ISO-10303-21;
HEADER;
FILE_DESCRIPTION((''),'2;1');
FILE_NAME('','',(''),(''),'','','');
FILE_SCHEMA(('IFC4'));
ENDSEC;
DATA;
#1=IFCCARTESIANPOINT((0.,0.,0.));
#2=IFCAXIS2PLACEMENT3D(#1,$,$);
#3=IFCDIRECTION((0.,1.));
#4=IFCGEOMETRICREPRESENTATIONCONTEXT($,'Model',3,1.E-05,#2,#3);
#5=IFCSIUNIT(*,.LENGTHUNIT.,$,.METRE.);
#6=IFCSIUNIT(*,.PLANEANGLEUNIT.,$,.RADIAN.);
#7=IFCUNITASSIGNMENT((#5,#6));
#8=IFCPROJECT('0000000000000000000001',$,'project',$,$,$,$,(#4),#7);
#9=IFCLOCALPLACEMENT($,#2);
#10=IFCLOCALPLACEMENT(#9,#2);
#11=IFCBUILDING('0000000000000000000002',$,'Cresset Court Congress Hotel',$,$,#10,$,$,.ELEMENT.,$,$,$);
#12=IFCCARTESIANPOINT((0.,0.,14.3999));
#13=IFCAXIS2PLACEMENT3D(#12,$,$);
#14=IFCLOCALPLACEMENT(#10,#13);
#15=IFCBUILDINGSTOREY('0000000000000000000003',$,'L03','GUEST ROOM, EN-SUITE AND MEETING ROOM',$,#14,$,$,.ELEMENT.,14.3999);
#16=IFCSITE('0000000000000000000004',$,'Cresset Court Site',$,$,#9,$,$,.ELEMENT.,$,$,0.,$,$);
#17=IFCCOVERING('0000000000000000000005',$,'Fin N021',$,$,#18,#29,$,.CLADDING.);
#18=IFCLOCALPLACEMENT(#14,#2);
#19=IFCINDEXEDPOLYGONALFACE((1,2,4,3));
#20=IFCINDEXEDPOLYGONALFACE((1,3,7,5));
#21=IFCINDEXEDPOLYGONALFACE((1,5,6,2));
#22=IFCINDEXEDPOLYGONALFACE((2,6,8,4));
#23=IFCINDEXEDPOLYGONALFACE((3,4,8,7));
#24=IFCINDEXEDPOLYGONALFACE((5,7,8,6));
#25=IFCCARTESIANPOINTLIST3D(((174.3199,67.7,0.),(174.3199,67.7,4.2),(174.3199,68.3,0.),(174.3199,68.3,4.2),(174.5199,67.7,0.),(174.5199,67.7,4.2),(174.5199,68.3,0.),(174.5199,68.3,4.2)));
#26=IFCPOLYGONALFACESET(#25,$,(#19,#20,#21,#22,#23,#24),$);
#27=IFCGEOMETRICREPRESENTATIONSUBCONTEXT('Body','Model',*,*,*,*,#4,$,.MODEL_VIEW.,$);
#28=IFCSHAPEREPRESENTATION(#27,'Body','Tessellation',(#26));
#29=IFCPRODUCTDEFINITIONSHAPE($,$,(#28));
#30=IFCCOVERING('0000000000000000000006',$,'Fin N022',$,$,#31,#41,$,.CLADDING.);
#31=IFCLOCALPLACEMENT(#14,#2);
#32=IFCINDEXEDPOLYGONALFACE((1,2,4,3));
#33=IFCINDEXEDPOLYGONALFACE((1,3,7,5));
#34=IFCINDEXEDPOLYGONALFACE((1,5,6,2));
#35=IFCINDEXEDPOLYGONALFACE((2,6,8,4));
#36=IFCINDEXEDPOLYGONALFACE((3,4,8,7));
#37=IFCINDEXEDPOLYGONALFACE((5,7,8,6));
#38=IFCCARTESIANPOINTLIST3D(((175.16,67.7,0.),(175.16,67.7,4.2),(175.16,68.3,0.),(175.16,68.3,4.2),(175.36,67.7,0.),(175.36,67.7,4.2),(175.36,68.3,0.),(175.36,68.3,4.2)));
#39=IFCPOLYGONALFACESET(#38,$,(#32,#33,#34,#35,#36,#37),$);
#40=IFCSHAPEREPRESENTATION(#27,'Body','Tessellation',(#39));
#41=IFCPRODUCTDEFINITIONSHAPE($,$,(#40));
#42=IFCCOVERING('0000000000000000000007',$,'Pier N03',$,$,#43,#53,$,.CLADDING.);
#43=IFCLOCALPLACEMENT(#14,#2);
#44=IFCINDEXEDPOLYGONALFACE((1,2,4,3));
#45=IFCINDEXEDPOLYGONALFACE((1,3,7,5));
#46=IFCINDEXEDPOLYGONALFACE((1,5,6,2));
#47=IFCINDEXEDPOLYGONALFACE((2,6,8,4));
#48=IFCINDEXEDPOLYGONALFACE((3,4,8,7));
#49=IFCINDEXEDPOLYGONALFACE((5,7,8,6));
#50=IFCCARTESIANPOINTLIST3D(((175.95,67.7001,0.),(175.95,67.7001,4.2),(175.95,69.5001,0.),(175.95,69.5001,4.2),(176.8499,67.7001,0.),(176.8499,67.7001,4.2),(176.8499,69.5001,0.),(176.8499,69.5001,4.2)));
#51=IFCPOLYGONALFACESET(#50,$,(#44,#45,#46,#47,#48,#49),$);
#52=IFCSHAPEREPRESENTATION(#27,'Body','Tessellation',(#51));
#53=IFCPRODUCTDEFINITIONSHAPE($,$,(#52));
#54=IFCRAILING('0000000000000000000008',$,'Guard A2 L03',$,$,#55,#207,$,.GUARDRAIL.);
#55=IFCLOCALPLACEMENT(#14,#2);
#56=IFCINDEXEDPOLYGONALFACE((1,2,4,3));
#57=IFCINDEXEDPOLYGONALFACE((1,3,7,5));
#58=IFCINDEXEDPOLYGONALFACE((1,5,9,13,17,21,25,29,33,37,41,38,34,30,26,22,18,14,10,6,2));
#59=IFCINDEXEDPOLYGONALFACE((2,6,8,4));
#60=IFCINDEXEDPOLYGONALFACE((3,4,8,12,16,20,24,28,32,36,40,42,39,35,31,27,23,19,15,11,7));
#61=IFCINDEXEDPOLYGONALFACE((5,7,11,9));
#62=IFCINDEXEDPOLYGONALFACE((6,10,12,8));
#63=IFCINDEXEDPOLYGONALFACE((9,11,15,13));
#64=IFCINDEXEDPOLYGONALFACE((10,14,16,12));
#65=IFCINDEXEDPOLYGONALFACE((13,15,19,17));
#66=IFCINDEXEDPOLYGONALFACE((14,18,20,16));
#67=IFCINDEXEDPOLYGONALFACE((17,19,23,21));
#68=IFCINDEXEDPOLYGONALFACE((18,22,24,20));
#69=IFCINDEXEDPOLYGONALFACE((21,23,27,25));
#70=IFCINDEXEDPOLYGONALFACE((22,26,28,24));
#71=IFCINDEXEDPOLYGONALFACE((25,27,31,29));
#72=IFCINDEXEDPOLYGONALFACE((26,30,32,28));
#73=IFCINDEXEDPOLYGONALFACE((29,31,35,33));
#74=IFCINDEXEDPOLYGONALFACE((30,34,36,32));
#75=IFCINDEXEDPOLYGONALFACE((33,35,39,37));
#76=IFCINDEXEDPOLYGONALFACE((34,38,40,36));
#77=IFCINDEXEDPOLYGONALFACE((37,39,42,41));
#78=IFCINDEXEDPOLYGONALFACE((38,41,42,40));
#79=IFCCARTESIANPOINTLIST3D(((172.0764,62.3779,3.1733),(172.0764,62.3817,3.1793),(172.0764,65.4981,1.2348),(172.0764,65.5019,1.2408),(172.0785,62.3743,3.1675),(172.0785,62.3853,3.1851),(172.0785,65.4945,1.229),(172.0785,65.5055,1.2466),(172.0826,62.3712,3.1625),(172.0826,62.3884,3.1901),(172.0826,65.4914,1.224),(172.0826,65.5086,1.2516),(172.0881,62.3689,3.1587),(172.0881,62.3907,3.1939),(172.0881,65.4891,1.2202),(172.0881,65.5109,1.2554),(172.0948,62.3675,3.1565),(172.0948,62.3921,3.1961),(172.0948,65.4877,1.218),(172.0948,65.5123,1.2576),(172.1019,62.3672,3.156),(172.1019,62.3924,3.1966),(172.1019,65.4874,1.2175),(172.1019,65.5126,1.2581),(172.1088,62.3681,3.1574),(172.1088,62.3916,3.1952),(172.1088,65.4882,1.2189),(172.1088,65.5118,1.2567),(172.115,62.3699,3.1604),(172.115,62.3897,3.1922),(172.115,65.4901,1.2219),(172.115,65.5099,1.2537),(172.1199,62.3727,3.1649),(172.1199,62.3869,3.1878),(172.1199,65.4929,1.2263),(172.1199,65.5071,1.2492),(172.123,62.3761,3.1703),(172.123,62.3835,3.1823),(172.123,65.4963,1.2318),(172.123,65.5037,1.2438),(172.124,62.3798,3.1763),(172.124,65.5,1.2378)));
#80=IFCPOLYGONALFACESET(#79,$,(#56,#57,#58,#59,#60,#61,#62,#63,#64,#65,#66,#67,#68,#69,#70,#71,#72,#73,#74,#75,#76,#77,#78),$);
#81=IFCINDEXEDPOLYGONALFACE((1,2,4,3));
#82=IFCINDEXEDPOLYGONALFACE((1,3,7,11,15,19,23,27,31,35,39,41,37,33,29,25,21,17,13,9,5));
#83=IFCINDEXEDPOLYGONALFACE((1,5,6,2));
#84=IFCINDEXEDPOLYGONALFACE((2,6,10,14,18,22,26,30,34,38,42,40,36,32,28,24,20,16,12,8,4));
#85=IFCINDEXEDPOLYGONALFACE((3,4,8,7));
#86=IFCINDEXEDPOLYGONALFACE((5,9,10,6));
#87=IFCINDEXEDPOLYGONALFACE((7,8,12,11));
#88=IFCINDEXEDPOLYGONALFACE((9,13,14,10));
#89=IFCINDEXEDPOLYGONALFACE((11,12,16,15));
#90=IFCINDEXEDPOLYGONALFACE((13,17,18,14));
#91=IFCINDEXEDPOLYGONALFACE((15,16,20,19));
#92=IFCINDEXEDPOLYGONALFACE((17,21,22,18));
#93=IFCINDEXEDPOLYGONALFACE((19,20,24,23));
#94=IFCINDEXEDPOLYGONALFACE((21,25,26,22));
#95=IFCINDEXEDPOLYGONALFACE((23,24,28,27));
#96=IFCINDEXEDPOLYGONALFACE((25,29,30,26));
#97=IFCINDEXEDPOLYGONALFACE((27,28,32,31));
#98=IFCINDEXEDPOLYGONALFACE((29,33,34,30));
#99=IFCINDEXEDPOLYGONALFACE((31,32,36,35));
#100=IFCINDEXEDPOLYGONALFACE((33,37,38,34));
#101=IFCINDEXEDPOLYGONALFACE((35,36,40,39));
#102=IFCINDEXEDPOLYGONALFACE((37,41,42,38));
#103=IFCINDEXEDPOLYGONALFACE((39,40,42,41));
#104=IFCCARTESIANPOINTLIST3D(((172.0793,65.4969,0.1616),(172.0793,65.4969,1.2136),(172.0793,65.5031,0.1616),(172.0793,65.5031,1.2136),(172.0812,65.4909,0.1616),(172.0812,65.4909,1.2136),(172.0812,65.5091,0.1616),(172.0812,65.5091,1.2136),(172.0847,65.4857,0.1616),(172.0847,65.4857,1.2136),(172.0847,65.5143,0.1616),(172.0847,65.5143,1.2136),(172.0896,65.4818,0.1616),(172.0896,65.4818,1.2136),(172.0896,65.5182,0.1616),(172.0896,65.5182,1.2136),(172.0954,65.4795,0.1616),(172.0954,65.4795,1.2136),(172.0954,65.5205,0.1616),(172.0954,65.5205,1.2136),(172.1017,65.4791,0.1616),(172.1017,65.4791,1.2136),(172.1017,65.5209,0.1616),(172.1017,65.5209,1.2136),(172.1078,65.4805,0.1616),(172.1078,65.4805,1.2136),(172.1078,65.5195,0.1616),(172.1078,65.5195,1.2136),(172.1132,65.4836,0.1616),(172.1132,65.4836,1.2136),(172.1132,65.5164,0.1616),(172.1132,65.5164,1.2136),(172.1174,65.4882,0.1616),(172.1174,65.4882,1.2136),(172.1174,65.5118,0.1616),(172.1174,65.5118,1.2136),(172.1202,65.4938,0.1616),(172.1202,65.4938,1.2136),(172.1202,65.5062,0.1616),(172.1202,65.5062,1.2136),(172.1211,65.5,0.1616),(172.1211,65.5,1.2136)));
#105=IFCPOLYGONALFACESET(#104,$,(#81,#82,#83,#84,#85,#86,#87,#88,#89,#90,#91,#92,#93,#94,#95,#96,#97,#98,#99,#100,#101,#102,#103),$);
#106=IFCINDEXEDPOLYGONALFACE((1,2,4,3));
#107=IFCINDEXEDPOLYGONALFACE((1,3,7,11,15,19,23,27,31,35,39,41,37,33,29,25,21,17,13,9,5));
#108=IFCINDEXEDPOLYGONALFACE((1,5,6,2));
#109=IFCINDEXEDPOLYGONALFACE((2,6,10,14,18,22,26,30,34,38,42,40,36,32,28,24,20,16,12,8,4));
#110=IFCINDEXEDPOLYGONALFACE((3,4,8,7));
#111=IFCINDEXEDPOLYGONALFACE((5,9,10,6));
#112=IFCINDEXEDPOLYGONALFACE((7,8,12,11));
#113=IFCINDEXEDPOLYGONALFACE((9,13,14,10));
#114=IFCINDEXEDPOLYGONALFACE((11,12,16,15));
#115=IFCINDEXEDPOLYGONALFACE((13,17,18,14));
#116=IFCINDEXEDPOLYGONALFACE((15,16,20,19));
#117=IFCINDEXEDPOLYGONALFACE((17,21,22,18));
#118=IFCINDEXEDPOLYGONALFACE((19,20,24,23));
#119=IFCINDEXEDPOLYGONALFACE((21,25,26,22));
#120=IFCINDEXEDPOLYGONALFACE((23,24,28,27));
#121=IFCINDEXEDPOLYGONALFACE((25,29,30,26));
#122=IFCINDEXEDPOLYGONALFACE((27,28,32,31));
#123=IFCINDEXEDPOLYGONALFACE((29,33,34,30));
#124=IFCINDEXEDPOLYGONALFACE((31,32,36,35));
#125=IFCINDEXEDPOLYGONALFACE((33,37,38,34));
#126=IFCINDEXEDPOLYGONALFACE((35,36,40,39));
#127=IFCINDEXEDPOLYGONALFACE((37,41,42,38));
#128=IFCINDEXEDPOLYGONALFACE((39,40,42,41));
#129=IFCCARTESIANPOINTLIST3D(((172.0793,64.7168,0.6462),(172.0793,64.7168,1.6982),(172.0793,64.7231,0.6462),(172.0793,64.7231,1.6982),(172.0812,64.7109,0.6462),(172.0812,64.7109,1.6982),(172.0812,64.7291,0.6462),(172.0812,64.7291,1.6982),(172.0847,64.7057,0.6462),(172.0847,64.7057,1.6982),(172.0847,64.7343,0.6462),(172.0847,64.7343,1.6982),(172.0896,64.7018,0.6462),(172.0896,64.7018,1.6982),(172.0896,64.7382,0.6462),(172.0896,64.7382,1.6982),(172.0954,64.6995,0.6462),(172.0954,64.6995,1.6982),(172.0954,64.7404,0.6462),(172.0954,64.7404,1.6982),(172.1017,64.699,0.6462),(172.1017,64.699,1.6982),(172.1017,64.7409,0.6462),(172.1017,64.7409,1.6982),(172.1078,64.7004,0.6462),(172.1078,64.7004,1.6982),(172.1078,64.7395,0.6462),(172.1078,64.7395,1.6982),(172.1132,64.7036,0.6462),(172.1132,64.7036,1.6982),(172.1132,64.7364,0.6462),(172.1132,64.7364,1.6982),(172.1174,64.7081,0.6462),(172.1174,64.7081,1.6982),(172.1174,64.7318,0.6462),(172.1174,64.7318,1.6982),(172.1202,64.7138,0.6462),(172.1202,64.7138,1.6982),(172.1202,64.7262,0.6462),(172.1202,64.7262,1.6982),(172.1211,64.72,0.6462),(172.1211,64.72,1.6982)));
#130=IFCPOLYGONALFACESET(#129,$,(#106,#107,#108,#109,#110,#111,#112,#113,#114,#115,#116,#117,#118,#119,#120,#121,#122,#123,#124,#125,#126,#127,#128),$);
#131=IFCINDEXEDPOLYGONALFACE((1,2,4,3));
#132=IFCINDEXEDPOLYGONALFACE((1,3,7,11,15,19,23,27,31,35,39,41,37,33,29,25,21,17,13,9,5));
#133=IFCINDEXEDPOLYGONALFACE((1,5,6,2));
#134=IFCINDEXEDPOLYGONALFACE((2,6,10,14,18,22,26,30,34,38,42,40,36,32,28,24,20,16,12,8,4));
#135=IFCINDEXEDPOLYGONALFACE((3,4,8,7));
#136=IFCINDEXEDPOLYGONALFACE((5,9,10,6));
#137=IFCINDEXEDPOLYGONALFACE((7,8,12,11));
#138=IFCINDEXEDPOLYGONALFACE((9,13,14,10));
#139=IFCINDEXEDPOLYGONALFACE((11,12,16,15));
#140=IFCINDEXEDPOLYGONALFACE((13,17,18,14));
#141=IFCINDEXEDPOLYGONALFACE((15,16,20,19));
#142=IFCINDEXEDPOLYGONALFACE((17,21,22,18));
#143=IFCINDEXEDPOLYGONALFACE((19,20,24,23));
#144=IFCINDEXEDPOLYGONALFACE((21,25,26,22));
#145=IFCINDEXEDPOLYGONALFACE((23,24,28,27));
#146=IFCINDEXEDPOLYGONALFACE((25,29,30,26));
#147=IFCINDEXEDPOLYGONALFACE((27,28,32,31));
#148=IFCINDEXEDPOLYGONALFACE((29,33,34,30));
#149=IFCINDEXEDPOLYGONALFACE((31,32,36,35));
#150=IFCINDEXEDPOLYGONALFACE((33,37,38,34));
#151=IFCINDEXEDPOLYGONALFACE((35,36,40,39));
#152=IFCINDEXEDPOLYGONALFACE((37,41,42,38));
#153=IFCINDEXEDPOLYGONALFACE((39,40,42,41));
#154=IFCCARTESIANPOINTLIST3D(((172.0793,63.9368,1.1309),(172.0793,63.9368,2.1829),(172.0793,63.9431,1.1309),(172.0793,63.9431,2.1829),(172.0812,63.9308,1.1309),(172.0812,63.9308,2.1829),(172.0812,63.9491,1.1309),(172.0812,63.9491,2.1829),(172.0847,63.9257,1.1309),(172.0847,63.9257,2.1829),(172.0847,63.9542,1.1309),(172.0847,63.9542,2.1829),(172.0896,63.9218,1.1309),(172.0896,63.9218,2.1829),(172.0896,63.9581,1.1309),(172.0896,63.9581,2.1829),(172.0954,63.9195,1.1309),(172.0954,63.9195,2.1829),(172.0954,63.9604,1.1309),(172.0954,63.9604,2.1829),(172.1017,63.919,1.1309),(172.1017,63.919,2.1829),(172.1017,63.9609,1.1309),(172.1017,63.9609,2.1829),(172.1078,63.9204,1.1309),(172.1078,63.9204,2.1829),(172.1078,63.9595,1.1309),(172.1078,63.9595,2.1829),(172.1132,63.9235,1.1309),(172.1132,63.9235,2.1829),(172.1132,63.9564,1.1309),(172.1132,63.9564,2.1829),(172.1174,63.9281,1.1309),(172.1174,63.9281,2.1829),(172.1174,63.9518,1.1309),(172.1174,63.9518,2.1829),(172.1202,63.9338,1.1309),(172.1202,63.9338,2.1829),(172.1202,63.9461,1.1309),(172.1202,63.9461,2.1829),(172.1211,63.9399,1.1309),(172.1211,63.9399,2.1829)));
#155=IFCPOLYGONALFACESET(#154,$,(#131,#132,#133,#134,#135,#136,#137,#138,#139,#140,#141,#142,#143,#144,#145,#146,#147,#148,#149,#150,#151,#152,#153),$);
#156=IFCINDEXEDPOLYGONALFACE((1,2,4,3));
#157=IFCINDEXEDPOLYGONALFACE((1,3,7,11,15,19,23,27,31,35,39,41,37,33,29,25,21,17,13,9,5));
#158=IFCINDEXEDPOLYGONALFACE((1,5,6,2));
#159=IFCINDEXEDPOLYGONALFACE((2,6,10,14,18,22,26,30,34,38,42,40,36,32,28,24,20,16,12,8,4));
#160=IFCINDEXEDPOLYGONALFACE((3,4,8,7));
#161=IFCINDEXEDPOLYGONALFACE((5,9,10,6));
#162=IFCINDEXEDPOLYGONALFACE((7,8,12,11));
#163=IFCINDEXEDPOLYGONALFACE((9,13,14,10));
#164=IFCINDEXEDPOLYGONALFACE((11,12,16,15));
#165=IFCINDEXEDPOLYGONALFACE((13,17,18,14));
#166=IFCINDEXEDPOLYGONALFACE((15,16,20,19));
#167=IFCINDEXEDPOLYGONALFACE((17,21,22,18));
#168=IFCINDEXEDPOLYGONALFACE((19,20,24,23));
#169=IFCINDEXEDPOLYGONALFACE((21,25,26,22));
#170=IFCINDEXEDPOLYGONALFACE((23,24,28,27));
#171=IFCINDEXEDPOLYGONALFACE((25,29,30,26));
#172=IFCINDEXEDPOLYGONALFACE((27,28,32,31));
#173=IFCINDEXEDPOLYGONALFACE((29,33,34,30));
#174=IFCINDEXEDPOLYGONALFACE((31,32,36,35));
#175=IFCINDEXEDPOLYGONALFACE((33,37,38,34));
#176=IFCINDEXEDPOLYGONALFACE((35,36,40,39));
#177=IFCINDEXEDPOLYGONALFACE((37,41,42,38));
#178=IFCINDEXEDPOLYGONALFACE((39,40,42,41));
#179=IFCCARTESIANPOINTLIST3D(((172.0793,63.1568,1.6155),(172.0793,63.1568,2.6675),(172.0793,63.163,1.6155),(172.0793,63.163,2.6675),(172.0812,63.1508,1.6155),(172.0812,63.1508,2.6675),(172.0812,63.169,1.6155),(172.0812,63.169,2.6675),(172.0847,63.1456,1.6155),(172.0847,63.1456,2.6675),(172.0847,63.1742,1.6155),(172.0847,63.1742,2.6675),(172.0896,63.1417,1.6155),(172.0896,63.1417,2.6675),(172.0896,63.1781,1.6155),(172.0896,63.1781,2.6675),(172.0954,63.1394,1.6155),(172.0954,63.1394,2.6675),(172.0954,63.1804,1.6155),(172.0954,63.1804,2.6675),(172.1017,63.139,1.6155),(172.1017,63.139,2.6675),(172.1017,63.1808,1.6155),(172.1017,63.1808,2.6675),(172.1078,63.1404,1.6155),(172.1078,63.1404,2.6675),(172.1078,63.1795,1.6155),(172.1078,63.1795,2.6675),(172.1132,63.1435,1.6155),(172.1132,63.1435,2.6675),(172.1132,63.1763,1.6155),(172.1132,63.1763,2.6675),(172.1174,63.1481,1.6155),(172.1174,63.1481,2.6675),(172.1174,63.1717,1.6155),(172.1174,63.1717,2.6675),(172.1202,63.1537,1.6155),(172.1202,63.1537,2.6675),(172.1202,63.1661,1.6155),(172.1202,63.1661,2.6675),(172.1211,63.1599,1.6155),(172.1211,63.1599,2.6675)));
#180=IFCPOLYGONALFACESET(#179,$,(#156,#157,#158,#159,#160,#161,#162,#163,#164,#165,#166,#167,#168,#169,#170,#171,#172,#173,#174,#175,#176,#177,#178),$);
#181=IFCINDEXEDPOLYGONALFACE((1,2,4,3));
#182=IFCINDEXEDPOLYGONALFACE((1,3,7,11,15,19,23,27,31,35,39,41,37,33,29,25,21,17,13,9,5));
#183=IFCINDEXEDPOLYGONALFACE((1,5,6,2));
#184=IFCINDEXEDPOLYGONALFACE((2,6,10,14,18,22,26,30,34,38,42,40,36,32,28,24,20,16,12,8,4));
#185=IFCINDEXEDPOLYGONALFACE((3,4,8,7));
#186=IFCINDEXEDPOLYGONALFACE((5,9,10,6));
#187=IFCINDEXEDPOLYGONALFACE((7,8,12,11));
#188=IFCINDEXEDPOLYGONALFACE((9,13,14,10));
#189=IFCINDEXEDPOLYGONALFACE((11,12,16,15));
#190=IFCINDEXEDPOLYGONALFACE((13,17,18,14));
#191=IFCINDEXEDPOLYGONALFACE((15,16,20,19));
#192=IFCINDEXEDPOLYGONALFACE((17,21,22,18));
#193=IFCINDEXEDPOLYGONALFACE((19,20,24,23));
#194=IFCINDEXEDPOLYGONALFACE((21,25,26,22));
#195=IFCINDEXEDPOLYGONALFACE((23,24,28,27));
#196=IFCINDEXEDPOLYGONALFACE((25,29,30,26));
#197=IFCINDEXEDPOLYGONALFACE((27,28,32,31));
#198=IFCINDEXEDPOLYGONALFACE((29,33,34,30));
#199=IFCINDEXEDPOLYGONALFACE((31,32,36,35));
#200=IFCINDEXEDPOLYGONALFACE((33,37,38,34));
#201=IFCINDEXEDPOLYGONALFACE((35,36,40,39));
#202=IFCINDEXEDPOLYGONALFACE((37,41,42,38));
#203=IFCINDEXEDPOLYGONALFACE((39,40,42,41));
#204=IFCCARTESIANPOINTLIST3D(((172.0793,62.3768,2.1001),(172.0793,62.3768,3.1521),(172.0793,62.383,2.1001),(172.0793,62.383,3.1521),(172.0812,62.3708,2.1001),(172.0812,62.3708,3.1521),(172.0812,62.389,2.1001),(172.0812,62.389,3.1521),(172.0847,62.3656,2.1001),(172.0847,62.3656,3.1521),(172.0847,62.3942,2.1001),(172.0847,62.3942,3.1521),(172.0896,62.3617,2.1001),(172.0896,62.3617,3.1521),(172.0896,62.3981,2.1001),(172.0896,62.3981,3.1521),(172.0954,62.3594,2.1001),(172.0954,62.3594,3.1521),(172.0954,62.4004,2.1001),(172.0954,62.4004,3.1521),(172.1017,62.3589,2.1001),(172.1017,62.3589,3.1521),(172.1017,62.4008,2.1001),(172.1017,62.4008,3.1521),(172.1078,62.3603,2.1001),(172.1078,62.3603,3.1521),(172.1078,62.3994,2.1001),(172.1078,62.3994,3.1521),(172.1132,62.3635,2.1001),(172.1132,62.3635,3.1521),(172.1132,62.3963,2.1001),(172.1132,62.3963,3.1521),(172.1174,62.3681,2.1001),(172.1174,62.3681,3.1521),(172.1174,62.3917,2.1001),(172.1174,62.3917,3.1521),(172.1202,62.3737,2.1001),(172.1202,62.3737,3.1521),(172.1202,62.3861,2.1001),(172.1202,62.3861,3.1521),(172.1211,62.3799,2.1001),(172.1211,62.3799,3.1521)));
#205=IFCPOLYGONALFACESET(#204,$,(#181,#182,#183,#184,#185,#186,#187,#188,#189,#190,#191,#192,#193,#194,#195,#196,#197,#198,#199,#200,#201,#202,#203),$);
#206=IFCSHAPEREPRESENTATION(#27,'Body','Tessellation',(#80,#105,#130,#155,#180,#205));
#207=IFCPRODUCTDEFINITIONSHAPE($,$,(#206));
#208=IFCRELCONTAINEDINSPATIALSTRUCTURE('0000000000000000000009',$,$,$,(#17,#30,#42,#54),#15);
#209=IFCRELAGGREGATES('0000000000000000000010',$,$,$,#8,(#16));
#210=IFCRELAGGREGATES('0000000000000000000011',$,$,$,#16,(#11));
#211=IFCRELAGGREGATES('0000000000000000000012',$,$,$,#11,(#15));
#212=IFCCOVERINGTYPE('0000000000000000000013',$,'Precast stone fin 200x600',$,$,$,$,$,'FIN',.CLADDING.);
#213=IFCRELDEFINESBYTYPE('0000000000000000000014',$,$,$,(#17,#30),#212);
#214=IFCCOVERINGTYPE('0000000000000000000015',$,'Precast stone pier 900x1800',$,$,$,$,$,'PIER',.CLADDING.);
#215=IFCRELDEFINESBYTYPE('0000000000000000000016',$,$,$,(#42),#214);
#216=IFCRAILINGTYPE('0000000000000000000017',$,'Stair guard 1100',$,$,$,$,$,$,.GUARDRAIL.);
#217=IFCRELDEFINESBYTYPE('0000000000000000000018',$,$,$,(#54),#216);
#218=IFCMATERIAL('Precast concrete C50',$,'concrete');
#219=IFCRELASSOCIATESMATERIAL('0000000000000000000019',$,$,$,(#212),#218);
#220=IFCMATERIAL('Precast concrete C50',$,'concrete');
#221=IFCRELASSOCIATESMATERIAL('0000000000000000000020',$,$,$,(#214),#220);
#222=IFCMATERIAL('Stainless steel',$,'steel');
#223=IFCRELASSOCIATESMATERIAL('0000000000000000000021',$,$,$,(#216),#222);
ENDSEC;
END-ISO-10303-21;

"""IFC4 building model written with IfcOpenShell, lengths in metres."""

from ifc_helpers import new_model, si_unit, direction, frame, origin, origin_2d, place, context, subcontext, project, spatial, rectangle, circle, extrude, material, type_object, element, save


model = new_model("IFC4")

# Units and contexts
model_context = context("Model", 3, precision=1e-05, world=origin(), true_north=direction((0.0, 1.0)))
body_context = subcontext(model_context, "Body", "Model", "MODEL_VIEW")
ifc_project = project(units=[si_unit("LENGTHUNIT", "METRE"), si_unit("PLANEANGLEUNIT", "RADIAN")], contexts=[model_context])

# Site, building, storey
site_placement = place(None, origin())
site = spatial("IfcSite", under=ifc_project, at=site_placement, Name="Cresset Court Site", CompositionType="ELEMENT", RefElevation=0.0)
building_placement = place(site_placement, origin())
building = spatial("IfcBuilding", under=site, at=building_placement, Name="Cresset Court Congress Hotel", CompositionType="ELEMENT")
storey_placement = place(building_placement, frame((0.0, 0.0, 14.3999)))
storey = spatial("IfcBuildingStorey", under=building, at=storey_placement, Name="L03", Description="GUEST ROOM, EN-SUITE AND MEETING ROOM", CompositionType="ELEMENT", Elevation=14.3999)

# Coverings
ifc_material_1 = material(Name="Precast concrete C50", Category="concrete")
covering_type_1 = type_object("IfcCoveringType", Name="Precast stone fin 200x600", ElementType="FIN", PredefinedType="CLADDING", material=ifc_material_1)
for number, where, z_axis, x_axis, name in (
    (1, (174.4199, 68.0, 0.0), (0.0, 0.0, 1.0), (1.0, 0.0, 0.0), "Fin N021"),
    (2, (175.26, 68.0, 0.0), (0.0, 0.0, 1.0), (1.0, 0.0, 0.0), "Fin N022"),
):
    element("IfcCovering", number, at=place(storey_placement, frame(where, z_axis=z_axis, x_axis=x_axis)), inside=storey, type_object=covering_type_1, Name=name, PredefinedType="CLADDING", context=body_context, shape_type="SweptSolid", body=[
        extrude(rectangle(XDim=0.2, YDim=0.6001, at=origin_2d()), origin(), (0.0, 0.0, 1.0), 4.2),
    ])
ifc_material_2 = material(Name="Precast concrete C50", Category="concrete")
covering_type_2 = type_object("IfcCoveringType", Name="Precast stone pier 900x1800", ElementType="PIER", PredefinedType="CLADDING", material=ifc_material_2)
covering_placement = place(storey_placement, frame((176.3999, 68.6001, 0.0), z_axis=(0.0, 0.0, 1.0), x_axis=(1.0, 0.0, 0.0)))
element("IfcCovering", 3, at=covering_placement, inside=storey, type_object=covering_type_2, Name="Pier N03", PredefinedType="CLADDING", context=body_context, shape_type="SweptSolid", body=[
    extrude(rectangle(XDim=0.8999, YDim=1.8, at=origin_2d()), origin(), (0.0, 0.0, 1.0), 4.2),
])

# Railing
ifc_material_3 = material(Name="Stainless steel", Category="steel")
railing_type_1 = type_object("IfcRailingType", Name="Stair guard 1100", PredefinedType="GUARDRAIL", material=ifc_material_3)
railing_1_placement = place(storey_placement, frame((172.1001, 65.5, 0.1616)))
element("IfcRailing", 4, at=railing_1_placement, inside=storey, type_object=railing_type_1, Name="Guard A2 L03", PredefinedType="GUARDRAIL", context=body_context, shape_type="SweptSolid", body=[
    extrude(circle(Radius=0.0239, at=origin_2d()), frame((0.0, 0.0, 1.0762), z_axis=(0.0, -0.849414, 0.527727), x_axis=(1.0, 0.0, 0.0)), (0.0, 0.0, 1.0), 3.6733),
    extrude(circle(Radius=0.021, at=origin_2d()), origin(), (0.0, 0.0, 1.0), 1.052),
    extrude(circle(Radius=0.021, at=origin_2d()), frame((0.0, -0.78, 0.4846)), (0.0, 0.0, 1.0), 1.052),
    extrude(circle(Radius=0.021, at=origin_2d()), frame((0.0, -1.5601, 0.9692)), (0.0, 0.0, 1.0), 1.052),
    extrude(circle(Radius=0.021, at=origin_2d()), frame((0.0, -2.3401, 1.4539)), (0.0, 0.0, 1.0), 1.052),
    extrude(circle(Radius=0.021, at=origin_2d()), frame((0.0, -3.1201, 1.9385)), (0.0, 0.0, 1.0), 1.052),
])

save(model, "model.ifc")
